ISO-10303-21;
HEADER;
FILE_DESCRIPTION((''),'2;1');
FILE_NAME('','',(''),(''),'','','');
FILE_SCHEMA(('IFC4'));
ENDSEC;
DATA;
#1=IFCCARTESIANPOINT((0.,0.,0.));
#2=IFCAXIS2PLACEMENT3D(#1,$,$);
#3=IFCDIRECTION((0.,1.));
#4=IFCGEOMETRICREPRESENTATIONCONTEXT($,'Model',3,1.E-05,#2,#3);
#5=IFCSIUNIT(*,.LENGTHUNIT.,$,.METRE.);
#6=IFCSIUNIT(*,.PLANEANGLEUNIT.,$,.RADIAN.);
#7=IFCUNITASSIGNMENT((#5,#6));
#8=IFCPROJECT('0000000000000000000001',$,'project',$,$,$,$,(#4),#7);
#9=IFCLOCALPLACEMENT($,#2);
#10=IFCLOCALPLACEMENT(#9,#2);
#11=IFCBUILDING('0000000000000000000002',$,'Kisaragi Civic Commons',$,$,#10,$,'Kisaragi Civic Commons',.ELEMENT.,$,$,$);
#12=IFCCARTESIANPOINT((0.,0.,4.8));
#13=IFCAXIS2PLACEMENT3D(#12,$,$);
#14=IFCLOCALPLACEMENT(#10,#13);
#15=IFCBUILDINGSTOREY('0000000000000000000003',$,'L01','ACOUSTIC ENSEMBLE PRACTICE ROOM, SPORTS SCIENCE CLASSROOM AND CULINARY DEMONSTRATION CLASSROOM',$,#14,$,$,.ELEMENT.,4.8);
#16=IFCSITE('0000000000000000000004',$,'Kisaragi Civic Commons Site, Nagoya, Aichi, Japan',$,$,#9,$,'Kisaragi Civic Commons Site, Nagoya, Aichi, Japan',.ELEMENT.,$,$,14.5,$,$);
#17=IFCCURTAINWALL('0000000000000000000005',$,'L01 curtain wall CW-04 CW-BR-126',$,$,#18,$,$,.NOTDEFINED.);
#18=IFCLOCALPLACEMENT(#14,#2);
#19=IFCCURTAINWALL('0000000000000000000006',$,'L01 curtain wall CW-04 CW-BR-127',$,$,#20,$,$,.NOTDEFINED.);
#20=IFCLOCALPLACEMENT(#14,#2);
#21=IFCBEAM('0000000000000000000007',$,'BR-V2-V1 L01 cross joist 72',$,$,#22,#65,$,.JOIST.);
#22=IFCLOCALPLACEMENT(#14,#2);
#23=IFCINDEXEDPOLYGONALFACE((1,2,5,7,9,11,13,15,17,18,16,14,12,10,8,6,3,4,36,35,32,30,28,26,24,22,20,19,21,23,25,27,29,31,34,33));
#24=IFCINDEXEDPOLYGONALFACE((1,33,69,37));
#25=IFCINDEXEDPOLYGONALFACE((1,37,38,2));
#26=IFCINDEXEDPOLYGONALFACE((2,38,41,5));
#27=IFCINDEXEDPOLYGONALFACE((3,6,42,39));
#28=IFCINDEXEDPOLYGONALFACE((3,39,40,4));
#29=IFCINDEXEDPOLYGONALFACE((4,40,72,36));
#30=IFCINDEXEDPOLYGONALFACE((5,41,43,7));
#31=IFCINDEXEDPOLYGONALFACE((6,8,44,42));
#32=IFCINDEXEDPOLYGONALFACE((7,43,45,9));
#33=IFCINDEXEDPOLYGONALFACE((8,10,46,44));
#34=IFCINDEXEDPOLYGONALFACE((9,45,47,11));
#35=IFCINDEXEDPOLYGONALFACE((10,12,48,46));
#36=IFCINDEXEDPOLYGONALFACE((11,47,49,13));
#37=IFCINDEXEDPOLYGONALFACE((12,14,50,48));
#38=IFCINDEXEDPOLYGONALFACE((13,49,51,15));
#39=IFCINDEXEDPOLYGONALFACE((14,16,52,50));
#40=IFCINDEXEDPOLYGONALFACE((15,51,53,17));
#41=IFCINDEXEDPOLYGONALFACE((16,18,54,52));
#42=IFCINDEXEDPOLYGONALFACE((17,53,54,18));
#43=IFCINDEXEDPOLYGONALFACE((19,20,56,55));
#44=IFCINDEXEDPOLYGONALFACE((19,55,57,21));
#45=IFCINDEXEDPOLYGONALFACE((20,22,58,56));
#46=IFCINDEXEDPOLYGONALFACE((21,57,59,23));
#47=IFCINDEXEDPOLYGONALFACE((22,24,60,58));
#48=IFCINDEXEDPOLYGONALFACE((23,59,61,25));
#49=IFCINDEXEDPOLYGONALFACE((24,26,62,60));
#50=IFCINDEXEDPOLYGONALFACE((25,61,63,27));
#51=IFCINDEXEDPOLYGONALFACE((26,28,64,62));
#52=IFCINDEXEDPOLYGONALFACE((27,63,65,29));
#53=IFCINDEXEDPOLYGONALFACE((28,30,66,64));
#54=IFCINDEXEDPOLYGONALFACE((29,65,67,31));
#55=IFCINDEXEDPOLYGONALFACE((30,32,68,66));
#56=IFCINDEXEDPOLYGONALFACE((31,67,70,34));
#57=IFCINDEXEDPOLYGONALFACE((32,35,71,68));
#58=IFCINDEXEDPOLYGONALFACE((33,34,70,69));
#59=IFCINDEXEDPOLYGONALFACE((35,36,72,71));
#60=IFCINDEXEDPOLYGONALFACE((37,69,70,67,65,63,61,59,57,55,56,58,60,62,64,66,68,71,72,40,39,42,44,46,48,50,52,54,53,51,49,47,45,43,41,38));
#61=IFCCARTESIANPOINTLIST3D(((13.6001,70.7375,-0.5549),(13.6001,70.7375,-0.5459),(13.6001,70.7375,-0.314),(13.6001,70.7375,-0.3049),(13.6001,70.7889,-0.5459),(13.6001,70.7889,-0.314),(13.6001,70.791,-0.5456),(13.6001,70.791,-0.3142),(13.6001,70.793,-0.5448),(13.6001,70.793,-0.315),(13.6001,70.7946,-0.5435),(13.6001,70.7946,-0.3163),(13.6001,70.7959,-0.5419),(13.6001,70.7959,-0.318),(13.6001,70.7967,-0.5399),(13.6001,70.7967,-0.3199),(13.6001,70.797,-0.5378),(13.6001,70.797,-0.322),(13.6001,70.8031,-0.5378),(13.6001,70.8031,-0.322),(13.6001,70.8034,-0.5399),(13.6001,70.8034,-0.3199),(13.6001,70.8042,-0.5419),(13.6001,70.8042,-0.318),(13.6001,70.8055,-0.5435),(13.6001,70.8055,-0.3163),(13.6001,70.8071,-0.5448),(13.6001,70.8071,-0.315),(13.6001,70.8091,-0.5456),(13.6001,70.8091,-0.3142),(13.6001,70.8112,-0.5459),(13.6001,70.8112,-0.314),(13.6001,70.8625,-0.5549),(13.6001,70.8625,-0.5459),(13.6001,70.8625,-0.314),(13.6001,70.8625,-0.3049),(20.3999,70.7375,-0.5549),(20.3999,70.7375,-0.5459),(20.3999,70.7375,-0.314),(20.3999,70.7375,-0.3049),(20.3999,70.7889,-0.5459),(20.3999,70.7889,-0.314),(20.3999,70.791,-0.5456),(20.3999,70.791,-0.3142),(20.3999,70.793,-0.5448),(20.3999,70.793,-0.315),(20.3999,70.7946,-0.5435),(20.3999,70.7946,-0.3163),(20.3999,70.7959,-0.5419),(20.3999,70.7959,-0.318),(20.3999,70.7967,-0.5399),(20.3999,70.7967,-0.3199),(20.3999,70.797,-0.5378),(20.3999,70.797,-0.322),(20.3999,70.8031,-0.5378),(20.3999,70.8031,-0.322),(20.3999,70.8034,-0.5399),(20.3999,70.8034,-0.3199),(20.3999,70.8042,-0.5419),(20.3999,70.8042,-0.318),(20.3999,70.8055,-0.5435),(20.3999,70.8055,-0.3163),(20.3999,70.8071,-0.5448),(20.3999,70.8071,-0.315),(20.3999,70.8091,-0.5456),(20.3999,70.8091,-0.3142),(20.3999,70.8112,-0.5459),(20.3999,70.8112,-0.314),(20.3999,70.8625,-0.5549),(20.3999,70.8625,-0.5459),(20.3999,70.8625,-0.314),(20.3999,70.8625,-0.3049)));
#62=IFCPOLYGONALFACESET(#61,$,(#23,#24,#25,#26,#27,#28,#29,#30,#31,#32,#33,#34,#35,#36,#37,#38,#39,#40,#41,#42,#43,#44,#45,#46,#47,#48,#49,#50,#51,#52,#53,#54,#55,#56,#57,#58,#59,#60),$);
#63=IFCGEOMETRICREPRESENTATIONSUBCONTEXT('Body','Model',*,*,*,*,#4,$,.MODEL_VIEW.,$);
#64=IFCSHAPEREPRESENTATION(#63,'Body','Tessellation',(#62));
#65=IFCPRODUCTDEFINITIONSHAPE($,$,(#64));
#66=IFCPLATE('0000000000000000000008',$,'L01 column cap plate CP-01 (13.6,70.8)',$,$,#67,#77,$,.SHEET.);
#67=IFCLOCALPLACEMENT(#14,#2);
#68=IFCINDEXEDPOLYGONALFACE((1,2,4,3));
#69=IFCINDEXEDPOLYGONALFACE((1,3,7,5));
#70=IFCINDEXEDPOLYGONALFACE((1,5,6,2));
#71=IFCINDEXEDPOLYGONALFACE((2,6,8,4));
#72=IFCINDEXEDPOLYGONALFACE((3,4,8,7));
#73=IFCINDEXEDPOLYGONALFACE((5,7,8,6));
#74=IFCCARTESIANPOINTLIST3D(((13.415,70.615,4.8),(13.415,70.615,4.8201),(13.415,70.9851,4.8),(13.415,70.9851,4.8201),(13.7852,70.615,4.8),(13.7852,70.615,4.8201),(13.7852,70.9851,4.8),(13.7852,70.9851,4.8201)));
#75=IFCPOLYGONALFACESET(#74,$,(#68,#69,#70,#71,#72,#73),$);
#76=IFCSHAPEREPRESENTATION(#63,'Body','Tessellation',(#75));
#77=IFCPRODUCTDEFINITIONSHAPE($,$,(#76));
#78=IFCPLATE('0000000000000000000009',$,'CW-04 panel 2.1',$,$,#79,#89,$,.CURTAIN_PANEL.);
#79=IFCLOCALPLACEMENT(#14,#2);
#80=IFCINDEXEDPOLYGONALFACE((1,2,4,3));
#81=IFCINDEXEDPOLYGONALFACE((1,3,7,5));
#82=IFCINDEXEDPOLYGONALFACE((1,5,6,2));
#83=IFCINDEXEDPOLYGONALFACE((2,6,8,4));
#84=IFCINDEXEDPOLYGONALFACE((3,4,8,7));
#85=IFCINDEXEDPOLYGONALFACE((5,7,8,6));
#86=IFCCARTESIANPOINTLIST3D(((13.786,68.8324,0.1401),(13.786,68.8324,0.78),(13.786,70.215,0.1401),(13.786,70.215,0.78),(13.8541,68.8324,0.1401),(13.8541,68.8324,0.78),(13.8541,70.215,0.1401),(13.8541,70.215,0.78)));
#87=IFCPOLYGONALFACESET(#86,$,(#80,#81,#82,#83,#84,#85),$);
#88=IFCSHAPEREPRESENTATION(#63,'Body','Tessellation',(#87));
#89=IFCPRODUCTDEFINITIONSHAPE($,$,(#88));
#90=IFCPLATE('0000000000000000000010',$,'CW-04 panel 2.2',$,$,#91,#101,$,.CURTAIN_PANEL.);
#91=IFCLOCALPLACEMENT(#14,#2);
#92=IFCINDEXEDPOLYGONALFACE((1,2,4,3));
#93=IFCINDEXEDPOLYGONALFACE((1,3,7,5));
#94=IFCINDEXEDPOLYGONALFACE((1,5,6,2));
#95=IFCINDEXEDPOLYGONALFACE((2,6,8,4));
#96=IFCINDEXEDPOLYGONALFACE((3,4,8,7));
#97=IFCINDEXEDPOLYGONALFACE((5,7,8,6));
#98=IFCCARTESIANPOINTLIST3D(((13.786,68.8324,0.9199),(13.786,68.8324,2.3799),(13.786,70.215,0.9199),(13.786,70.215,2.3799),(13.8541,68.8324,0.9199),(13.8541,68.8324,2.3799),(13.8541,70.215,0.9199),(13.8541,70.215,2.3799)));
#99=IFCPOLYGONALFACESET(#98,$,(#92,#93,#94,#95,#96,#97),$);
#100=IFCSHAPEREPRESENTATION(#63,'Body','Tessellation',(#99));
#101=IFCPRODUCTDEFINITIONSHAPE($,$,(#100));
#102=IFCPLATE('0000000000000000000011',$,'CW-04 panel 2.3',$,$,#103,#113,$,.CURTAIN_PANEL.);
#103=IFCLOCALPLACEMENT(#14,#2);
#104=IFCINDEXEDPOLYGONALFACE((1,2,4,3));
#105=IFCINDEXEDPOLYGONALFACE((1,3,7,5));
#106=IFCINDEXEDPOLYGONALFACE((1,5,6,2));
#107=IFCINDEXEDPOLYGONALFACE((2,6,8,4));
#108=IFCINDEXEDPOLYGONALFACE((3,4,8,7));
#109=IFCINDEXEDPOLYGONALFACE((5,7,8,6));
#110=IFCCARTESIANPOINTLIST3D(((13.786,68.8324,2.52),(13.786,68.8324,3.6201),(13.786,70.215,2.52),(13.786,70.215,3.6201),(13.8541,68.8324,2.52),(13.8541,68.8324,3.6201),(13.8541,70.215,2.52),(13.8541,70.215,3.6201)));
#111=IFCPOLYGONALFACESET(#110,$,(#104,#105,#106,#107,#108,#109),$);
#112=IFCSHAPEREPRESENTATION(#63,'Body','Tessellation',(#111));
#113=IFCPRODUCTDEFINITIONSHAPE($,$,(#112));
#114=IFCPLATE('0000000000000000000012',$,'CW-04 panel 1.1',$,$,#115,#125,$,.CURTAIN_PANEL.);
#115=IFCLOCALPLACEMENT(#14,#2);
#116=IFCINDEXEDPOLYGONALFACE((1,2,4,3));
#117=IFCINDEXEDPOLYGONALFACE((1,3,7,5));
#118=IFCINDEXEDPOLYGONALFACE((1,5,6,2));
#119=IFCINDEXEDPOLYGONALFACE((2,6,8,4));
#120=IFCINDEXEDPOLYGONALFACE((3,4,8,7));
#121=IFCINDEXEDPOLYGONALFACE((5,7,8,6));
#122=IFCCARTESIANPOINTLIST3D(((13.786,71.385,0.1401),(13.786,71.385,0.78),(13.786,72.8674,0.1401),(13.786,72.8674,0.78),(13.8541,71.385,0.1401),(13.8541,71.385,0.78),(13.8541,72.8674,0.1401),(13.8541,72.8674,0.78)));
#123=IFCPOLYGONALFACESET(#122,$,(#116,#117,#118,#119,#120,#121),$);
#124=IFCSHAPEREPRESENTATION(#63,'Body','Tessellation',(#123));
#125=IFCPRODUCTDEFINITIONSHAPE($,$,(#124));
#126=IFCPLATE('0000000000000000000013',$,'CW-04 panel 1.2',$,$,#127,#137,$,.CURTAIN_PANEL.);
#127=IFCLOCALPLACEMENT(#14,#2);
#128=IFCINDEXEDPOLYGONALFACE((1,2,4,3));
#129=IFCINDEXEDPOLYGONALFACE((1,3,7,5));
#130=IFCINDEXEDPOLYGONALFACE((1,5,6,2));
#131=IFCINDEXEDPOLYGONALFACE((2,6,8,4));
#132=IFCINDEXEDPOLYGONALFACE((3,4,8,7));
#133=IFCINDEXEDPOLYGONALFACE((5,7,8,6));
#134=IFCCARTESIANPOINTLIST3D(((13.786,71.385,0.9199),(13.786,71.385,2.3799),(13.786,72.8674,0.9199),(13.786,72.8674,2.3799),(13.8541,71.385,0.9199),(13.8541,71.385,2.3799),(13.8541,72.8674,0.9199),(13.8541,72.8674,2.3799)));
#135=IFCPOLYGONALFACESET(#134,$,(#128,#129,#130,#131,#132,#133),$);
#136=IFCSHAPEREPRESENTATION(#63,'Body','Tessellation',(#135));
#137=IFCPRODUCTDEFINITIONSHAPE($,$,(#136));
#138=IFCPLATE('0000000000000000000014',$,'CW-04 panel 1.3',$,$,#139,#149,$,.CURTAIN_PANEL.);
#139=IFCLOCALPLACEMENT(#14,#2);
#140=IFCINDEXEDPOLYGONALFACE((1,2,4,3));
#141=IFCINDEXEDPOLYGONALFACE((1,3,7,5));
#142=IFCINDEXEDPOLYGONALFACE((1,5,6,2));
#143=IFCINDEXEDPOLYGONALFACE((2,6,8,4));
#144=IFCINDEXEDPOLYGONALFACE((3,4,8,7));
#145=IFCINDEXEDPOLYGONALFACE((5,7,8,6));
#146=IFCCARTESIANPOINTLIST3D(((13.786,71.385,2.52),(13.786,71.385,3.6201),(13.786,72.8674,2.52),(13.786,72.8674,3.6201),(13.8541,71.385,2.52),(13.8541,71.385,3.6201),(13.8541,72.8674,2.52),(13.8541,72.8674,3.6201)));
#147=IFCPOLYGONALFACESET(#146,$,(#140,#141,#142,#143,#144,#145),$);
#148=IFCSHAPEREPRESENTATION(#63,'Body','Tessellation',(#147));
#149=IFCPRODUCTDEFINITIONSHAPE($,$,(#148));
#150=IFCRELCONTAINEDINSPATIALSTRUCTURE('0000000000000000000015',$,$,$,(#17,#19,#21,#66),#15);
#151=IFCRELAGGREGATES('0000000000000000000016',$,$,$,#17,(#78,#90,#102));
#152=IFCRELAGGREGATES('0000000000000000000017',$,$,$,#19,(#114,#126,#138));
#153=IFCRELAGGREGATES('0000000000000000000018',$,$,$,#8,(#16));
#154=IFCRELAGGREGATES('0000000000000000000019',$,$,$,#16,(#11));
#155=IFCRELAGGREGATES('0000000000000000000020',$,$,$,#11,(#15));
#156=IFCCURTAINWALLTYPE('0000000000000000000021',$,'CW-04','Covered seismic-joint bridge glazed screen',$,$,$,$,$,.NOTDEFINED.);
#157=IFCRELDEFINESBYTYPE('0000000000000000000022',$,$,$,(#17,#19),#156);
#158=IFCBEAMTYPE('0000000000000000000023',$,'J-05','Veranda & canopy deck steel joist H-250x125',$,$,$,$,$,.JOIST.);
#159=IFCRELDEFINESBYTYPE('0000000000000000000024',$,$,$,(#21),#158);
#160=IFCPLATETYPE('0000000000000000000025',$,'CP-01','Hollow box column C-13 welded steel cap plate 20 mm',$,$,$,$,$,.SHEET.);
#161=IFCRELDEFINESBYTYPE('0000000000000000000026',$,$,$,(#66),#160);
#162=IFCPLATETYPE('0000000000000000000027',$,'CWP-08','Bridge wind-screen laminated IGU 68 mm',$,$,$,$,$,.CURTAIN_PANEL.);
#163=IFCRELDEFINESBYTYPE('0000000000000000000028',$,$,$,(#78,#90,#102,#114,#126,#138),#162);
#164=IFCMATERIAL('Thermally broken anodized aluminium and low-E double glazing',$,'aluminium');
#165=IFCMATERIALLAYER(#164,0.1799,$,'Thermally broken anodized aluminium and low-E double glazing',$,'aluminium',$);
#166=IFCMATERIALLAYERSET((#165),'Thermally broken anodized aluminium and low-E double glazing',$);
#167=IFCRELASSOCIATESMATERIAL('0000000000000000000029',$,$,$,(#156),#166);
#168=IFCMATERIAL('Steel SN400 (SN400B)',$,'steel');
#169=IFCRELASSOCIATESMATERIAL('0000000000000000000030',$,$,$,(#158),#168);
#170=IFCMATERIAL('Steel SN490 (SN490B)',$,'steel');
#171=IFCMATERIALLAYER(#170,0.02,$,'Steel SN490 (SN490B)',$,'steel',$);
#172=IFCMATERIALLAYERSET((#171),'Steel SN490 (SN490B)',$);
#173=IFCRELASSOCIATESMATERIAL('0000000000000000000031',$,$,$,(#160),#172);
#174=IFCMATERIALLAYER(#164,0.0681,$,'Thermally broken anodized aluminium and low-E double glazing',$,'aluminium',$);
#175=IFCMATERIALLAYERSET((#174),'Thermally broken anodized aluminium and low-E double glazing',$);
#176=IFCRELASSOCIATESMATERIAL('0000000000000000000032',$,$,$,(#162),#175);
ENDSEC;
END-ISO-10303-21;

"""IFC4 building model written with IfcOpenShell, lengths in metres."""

from ifc_helpers import new_model, si_unit, direction, frame, origin, origin_2d, place, context, subcontext, project, spatial, rectangle, i_section, extrude, material, layer, layer_set, material_profile, profile_set, type_object, element, aggregate, save


model = new_model("IFC4")

# Units and contexts
model_context = context("Model", 3, precision=1e-05, world=origin(), true_north=direction((0.0, 1.0)))
body_context = subcontext(model_context, "Body", "Model", "MODEL_VIEW")
ifc_project = project(units=[si_unit("LENGTHUNIT", "METRE"), si_unit("PLANEANGLEUNIT", "RADIAN")], contexts=[model_context])

# Site, building, storey
site_placement = place(None, origin())
site = spatial("IfcSite", under=ifc_project, at=site_placement, Name="Kisaragi Civic Commons Site, Nagoya, Aichi, Japan", LongName="Kisaragi Civic Commons Site, Nagoya, Aichi, Japan", CompositionType="ELEMENT", RefElevation=14.5)
building_placement = place(site_placement, origin())
building = spatial("IfcBuilding", under=site, at=building_placement, Name="Kisaragi Civic Commons", LongName="Kisaragi Civic Commons", CompositionType="ELEMENT")
storey_placement = place(building_placement, frame((0.0, 0.0, 4.8)))
storey = spatial("IfcBuildingStorey", under=building, at=storey_placement, Name="L01", Description="ACOUSTIC ENSEMBLE PRACTICE ROOM, SPORTS SCIENCE CLASSROOM AND CULINARY DEMONSTRATION CLASSROOM", CompositionType="ELEMENT", Elevation=4.8)

# Curtain wall
ifc_material_1 = material(Name="Thermally broken anodized aluminium and low-E double glazing", Category="aluminium")
ifc_layer_1 = layer(ifc_material_1, 0.1799, Name="Thermally broken anodized aluminium and low-E double glazing", Category="aluminium")
ifc_layer_set_1 = layer_set([ifc_layer_1], Name="Thermally broken anodized aluminium and low-E double glazing")
curtain_wall_type = type_object("IfcCurtainWallType", Name="CW-04", Description="Covered seismic-joint bridge glazed screen", PredefinedType="NOTDEFINED", material=ifc_layer_set_1)
curtain_wall_1_placement = place(storey_placement, origin())
curtain_wall_1 = element("IfcCurtainWall", 1, at=curtain_wall_1_placement, inside=storey, type_object=curtain_wall_type, Name="L01 curtain wall CW-04 CW-BR-126", PredefinedType="NOTDEFINED")

# Curtain wall
curtain_wall_2_placement = place(storey_placement, origin())
curtain_wall_2 = element("IfcCurtainWall", 2, at=curtain_wall_2_placement, inside=storey, type_object=curtain_wall_type, Name="L01 curtain wall CW-04 CW-BR-127", PredefinedType="NOTDEFINED")

# Beam
ifc_material_2 = material(Name="Steel SN490 (SN490B)", Category="steel")
ifc_material_3 = material(Name="Steel SN400 (SN400B)", Category="steel")
ifc_material_profile_1 = material_profile(ifc_material_3, i_section(OverallWidth=0.125, OverallDepth=0.25, WebThickness=0.0061, FlangeThickness=0.009, FilletRadius=0.0081, at=origin_2d()), Name="H-250x125x6x9", Category="steel")
ifc_profile_set_1 = profile_set([ifc_material_profile_1], Name="Steel SN400 (SN400B)")
beam_type_1 = type_object("IfcBeamType", Name="J-05", Description="Veranda & canopy deck steel joist H-250x125", PredefinedType="JOIST", material=ifc_profile_set_1)
beam_1_placement = place(storey_placement, frame((13.6001, 70.8, -0.4299), z_axis=(1.0, 0.0, 0.0), x_axis=(0.0, 1.0, 0.0)))
element("IfcBeam", 3, at=beam_1_placement, inside=storey, type_object=beam_type_1, Name="BR-V2-V1 L01 cross joist 72", PredefinedType="JOIST", context=body_context, shape_type="SweptSolid", body=[
    extrude(i_section(OverallWidth=0.125, OverallDepth=0.25, WebThickness=0.0061, FlangeThickness=0.009, FilletRadius=0.0081, at=origin_2d()), origin(), (0.0, 0.0, 1.0), 6.7998),
])

# Plates
ifc_layer_2 = layer(ifc_material_2, 0.02, Name="Steel SN490 (SN490B)", Category="steel")
ifc_layer_set_2 = layer_set([ifc_layer_2], Name="Steel SN490 (SN490B)")
plate_type_1 = type_object("IfcPlateType", Name="CP-01", Description="Hollow box column C-13 welded steel cap plate 20 mm", PredefinedType="SHEET", material=ifc_layer_set_2)
plate_1_placement = place(storey_placement, frame((13.6001, 70.8, 4.8), z_axis=(0.0, 0.0, 1.0), x_axis=(1.0, 0.0, 0.0)))
element("IfcPlate", 4, at=plate_1_placement, inside=storey, type_object=plate_type_1, Name="L01 column cap plate CP-01 (13.6,70.8)", PredefinedType="SHEET", context=body_context, shape_type="SweptSolid", body=[
    extrude(rectangle(XDim=0.3701, YDim=0.3701, at=origin_2d()), origin(), (0.0, 0.0, 1.0), 0.02),
])
ifc_layer_3 = layer(ifc_material_1, 0.0681, Name="Thermally broken anodized aluminium and low-E double glazing", Category="aluminium")
ifc_layer_set_3 = layer_set([ifc_layer_3], Name="Thermally broken anodized aluminium and low-E double glazing")
plate_type_2 = type_object("IfcPlateType", Name="CWP-08", Description="Bridge wind-screen laminated IGU 68 mm", PredefinedType="CURTAIN_PANEL", material=ifc_layer_set_3)
plate_2_placement = place(storey_placement, frame((13.8201, 69.5237, 0.1401), z_axis=(0.0, 0.0, 1.0), x_axis=(0.0, 1.0, 0.0)))
plate_2 = element("IfcPlate", 5, at=plate_2_placement, type_object=plate_type_2, Name="CW-04 panel 2.1", PredefinedType="CURTAIN_PANEL", context=body_context, shape_type="SweptSolid", body=[
    extrude(rectangle(XDim=1.3826, YDim=0.0681, at=origin_2d()), origin(), (0.0, 0.0, 1.0), 0.6399),
])
plate_3_placement = place(storey_placement, frame((13.8201, 69.5237, 0.9199), z_axis=(0.0, 0.0, 1.0), x_axis=(0.0, 1.0, 0.0)))
plate_3 = element("IfcPlate", 6, at=plate_3_placement, type_object=plate_type_2, Name="CW-04 panel 2.2", PredefinedType="CURTAIN_PANEL", context=body_context, shape_type="SweptSolid", body=[
    extrude(rectangle(XDim=1.3826, YDim=0.0681, at=origin_2d()), origin(), (0.0, 0.0, 1.0), 1.46),
])
plate_4_placement = place(storey_placement, frame((13.8201, 69.5237, 2.52), z_axis=(0.0, 0.0, 1.0), x_axis=(0.0, 1.0, 0.0)))
plate_4 = element("IfcPlate", 7, at=plate_4_placement, type_object=plate_type_2, Name="CW-04 panel 2.3", PredefinedType="CURTAIN_PANEL", context=body_context, shape_type="SweptSolid", body=[
    extrude(rectangle(XDim=1.3826, YDim=0.0681, at=origin_2d()), origin(), (0.0, 0.0, 1.0), 1.1001),
])
aggregate(curtain_wall_1, [plate_2, plate_3, plate_4])
plate_5_placement = place(storey_placement, frame((13.8201, 72.1262, 0.1401), z_axis=(0.0, 0.0, 1.0), x_axis=(0.0, 1.0, 0.0)))
plate_5 = element("IfcPlate", 8, at=plate_5_placement, type_object=plate_type_2, Name="CW-04 panel 1.1", PredefinedType="CURTAIN_PANEL", context=body_context, shape_type="SweptSolid", body=[
    extrude(rectangle(XDim=1.4824, YDim=0.0681, at=origin_2d()), origin(), (0.0, 0.0, 1.0), 0.6399),
])
plate_6_placement = place(storey_placement, frame((13.8201, 72.1262, 0.9199), z_axis=(0.0, 0.0, 1.0), x_axis=(0.0, 1.0, 0.0)))
plate_6 = element("IfcPlate", 9, at=plate_6_placement, type_object=plate_type_2, Name="CW-04 panel 1.2", PredefinedType="CURTAIN_PANEL", context=body_context, shape_type="SweptSolid", body=[
    extrude(rectangle(XDim=1.4824, YDim=0.0681, at=origin_2d()), origin(), (0.0, 0.0, 1.0), 1.46),
])
plate_7_placement = place(storey_placement, frame((13.8201, 72.1262, 2.52), z_axis=(0.0, 0.0, 1.0), x_axis=(0.0, 1.0, 0.0)))
plate_7 = element("IfcPlate", 10, at=plate_7_placement, type_object=plate_type_2, Name="CW-04 panel 1.3", PredefinedType="CURTAIN_PANEL", context=body_context, shape_type="SweptSolid", body=[
    extrude(rectangle(XDim=1.4824, YDim=0.0681, at=origin_2d()), origin(), (0.0, 0.0, 1.0), 1.1001),
])
aggregate(curtain_wall_2, [plate_5, plate_6, plate_7])

save(model, "model.ifc")
